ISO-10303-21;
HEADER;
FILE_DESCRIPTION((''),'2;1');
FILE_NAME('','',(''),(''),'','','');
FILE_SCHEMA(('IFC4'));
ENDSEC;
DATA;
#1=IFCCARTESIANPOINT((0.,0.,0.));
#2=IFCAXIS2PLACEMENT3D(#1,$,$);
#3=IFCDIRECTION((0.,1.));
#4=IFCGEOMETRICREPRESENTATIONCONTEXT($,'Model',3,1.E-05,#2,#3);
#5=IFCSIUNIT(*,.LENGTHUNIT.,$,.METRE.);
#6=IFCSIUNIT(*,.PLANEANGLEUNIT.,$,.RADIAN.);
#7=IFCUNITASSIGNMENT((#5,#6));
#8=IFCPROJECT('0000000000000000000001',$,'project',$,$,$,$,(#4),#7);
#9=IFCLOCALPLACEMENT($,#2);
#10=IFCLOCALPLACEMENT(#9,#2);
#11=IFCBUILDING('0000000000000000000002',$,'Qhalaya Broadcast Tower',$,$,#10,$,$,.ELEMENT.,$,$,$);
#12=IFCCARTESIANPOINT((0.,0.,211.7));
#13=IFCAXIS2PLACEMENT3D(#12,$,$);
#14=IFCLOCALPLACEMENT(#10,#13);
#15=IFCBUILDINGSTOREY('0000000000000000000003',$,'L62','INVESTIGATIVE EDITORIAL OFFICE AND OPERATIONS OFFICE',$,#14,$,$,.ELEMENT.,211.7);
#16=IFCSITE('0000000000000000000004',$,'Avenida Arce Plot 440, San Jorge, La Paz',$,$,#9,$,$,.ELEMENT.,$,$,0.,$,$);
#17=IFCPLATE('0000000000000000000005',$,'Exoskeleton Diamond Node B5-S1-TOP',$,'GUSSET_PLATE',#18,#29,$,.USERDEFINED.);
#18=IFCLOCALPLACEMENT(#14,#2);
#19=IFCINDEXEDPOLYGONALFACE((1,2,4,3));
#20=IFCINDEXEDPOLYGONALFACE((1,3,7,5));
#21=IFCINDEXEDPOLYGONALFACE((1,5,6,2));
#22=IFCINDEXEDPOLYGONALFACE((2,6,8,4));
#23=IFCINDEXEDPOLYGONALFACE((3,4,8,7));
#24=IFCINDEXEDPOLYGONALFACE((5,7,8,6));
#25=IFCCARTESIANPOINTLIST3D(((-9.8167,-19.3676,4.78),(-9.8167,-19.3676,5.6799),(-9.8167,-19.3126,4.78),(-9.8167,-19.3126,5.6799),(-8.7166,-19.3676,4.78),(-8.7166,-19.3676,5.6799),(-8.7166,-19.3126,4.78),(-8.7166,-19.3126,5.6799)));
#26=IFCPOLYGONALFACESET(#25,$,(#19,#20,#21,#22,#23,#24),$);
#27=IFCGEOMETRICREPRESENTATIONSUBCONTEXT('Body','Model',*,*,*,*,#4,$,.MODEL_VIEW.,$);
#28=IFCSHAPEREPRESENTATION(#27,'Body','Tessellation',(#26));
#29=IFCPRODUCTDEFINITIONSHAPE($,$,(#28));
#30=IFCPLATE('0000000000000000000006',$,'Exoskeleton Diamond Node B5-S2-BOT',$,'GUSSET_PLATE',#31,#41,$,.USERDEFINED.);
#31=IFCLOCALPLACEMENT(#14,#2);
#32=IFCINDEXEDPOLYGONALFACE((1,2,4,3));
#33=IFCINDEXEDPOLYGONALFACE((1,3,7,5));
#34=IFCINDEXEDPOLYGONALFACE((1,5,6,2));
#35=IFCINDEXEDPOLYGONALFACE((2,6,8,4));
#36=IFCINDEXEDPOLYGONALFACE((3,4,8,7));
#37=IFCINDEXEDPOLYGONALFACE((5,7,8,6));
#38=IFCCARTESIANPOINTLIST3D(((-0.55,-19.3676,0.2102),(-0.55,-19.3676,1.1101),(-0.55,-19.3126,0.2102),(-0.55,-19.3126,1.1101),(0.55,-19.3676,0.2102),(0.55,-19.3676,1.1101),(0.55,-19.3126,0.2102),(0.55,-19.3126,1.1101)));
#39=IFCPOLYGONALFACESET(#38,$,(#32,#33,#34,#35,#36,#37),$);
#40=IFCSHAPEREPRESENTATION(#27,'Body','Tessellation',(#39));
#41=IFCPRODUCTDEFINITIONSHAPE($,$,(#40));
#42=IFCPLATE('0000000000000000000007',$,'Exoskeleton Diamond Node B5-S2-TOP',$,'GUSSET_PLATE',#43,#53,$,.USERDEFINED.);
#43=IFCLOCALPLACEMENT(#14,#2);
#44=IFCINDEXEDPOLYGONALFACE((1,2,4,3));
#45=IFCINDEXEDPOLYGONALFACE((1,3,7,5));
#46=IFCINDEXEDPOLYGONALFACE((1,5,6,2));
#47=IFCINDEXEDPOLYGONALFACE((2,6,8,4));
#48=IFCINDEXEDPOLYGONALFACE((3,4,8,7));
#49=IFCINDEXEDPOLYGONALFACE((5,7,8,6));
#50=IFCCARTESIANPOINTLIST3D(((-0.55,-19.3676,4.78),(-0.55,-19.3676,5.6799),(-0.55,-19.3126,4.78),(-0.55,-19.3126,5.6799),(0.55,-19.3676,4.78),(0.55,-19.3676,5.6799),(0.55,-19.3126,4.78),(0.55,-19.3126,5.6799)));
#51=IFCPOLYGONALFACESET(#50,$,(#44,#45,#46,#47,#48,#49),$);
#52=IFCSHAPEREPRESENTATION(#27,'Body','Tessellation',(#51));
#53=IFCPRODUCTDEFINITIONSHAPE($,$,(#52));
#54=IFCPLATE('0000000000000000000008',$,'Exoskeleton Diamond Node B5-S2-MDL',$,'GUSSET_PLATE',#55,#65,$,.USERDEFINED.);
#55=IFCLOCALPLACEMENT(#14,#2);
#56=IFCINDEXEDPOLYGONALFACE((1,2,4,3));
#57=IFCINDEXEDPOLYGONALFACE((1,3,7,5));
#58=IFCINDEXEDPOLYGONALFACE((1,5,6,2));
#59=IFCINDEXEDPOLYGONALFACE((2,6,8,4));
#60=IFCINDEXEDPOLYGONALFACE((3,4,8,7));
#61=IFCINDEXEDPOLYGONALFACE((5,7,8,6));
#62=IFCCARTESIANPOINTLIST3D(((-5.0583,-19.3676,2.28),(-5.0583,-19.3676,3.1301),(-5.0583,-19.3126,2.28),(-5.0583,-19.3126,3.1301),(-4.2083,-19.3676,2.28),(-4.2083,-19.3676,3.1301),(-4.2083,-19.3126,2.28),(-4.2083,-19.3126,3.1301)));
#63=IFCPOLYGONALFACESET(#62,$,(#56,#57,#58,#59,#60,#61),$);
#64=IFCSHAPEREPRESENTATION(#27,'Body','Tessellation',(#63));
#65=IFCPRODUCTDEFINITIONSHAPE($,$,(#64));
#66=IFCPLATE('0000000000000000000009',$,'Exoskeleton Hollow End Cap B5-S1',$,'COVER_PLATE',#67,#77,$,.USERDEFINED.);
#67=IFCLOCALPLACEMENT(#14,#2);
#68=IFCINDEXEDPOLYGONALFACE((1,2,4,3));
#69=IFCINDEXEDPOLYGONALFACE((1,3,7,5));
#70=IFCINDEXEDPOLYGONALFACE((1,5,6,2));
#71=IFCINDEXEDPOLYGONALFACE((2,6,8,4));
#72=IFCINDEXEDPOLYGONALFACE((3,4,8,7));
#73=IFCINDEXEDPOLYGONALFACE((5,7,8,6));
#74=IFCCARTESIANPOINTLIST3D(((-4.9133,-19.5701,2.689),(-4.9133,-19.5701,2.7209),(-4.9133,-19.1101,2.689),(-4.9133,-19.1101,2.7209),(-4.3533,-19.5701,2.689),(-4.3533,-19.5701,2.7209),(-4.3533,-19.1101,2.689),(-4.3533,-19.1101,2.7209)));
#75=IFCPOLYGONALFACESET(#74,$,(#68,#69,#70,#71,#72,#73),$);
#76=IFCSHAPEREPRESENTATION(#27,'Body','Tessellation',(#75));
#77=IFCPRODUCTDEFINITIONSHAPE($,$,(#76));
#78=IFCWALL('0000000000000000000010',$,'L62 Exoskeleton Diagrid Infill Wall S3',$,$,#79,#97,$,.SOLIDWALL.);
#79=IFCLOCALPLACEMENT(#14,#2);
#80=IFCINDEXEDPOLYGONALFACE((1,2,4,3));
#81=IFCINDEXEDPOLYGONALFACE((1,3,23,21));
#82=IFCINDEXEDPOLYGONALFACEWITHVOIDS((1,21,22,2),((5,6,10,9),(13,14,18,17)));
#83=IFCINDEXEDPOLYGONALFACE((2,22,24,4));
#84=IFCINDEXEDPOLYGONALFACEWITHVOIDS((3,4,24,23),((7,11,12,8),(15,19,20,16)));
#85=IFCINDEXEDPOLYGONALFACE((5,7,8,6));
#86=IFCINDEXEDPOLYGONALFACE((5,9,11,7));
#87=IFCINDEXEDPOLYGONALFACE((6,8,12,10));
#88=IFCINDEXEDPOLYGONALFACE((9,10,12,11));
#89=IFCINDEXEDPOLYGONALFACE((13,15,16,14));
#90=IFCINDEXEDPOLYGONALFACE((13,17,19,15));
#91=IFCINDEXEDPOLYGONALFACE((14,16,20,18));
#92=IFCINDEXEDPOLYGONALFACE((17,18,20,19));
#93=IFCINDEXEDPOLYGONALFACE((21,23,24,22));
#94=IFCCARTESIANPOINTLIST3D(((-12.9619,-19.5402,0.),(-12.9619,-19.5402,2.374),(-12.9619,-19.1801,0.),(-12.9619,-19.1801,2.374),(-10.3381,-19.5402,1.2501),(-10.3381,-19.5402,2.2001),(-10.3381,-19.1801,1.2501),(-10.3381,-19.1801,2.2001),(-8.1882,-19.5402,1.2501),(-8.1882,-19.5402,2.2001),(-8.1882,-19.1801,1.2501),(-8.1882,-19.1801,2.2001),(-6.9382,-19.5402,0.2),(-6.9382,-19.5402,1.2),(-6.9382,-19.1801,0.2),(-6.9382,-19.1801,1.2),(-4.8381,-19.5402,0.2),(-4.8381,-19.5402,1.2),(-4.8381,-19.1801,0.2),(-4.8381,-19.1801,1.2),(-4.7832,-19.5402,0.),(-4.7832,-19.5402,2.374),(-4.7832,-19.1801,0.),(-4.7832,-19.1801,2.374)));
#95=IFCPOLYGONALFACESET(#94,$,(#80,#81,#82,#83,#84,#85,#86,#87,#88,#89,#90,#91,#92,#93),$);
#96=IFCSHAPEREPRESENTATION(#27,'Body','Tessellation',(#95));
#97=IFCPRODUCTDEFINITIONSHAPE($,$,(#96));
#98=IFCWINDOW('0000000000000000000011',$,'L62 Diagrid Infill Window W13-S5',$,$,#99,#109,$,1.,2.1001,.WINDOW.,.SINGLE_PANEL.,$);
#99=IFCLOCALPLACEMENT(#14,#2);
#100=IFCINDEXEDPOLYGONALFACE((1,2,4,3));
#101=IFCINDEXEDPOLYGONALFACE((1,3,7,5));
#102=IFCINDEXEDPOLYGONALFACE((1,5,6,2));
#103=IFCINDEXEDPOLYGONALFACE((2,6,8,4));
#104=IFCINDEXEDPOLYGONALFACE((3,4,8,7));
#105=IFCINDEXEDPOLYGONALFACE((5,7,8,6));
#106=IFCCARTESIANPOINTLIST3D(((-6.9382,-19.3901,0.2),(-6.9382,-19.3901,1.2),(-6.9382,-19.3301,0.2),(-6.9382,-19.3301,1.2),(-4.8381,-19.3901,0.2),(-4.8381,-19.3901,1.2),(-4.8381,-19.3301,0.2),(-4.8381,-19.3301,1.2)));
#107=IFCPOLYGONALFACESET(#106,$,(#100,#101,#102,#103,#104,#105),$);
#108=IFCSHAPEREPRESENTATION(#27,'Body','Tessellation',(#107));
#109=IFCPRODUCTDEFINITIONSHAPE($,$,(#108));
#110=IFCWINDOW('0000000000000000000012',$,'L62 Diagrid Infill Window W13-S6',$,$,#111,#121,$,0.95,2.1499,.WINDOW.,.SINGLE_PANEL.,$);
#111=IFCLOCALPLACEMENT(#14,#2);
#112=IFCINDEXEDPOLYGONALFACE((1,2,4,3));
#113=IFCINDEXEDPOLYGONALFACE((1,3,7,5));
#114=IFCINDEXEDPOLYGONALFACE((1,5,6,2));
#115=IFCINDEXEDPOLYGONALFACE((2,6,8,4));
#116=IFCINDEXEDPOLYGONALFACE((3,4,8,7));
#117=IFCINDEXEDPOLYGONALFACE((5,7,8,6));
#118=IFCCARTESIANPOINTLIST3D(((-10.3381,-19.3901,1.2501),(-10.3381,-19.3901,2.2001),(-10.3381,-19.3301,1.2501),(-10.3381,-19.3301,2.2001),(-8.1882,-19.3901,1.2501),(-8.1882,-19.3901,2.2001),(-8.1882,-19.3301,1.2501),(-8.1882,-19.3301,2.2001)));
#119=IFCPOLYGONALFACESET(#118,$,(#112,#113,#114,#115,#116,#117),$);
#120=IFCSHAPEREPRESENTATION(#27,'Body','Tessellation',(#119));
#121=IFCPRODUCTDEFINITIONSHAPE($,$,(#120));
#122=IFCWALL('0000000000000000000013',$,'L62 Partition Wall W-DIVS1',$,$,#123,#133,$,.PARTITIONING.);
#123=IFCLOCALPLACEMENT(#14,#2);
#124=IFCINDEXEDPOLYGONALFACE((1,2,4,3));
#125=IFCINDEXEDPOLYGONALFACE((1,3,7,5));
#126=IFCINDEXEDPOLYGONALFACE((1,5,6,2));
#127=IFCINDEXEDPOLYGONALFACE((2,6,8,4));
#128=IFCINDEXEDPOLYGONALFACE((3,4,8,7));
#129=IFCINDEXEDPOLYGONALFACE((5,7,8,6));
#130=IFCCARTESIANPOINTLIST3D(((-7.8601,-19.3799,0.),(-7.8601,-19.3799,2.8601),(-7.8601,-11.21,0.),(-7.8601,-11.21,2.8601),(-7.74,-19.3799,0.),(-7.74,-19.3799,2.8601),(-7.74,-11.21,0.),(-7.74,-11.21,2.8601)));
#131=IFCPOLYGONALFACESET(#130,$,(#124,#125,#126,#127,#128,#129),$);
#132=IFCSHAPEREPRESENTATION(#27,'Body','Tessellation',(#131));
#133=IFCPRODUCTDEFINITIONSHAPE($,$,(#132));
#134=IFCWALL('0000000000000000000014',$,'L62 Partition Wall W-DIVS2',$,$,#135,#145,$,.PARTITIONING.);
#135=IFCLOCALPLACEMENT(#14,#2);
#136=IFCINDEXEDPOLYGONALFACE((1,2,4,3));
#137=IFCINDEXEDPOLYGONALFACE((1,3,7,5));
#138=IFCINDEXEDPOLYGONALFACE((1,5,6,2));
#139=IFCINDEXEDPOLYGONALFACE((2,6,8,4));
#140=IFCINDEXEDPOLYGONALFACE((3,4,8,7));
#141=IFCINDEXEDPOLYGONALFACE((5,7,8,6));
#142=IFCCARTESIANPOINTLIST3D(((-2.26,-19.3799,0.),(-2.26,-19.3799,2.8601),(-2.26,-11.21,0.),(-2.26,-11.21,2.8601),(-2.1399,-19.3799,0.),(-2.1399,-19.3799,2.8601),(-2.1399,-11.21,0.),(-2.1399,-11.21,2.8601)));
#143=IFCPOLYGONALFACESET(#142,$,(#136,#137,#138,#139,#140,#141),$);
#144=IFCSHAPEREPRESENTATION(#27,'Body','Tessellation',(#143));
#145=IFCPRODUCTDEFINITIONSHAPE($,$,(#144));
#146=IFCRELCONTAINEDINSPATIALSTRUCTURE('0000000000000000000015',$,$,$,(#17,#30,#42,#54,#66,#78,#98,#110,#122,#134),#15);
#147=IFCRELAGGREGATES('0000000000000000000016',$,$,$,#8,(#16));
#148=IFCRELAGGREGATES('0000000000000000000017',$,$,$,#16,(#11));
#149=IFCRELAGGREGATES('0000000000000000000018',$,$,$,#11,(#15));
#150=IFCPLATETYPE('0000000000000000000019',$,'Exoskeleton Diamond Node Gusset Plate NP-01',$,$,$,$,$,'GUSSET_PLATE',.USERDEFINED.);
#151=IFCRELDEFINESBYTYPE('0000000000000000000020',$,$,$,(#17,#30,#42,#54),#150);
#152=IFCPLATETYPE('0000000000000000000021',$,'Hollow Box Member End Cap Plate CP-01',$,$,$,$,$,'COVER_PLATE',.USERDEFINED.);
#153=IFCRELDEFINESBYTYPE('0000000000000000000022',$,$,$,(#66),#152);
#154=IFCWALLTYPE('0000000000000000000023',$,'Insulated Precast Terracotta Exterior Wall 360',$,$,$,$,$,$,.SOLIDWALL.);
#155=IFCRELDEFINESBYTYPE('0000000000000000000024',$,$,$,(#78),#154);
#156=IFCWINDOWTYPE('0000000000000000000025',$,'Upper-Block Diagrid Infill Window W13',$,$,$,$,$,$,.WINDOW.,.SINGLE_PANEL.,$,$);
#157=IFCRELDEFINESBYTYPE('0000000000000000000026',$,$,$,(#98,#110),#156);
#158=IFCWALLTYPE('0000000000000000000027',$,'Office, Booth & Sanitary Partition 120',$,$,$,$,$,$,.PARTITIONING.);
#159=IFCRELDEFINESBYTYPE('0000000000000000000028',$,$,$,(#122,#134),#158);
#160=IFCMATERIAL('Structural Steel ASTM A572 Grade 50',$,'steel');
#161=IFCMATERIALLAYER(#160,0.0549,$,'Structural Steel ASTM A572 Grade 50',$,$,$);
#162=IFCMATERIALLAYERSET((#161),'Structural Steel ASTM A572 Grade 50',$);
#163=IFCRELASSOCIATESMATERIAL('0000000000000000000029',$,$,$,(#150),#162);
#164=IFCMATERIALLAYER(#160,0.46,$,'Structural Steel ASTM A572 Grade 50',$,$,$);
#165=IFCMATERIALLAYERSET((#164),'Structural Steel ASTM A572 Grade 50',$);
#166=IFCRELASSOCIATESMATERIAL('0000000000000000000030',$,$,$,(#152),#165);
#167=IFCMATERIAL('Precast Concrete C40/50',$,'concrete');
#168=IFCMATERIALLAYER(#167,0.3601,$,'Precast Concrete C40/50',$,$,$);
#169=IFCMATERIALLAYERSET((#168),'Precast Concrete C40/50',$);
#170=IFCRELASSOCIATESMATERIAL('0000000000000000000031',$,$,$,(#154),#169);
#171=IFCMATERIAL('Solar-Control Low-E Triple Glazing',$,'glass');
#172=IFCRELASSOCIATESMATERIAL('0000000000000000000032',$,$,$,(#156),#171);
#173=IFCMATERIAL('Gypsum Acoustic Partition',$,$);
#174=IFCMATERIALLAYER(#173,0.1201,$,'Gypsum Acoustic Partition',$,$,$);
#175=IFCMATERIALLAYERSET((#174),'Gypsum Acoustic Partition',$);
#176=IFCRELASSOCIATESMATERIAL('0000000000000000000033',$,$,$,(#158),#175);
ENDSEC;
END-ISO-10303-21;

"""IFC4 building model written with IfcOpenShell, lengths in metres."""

from ifc_helpers import new_model, si_unit, direction, frame, frame_2d, origin, origin_2d, place, context, subcontext, project, spatial, rectangle, extrude, material, layer, layer_set, type_object, element, fill, save


model = new_model("IFC4")

# Units and contexts
model_context = context("Model", 3, precision=1e-05, world=origin(), true_north=direction((0.0, 1.0)))
body_context = subcontext(model_context, "Body", "Model", "MODEL_VIEW")
ifc_project = project(units=[si_unit("LENGTHUNIT", "METRE"), si_unit("PLANEANGLEUNIT", "RADIAN")], contexts=[model_context])

# Site, building, storey
site_placement = place(None, origin())
site = spatial("IfcSite", under=ifc_project, at=site_placement, Name="Avenida Arce Plot 440, San Jorge, La Paz", CompositionType="ELEMENT", RefElevation=0.0)
building_placement = place(site_placement, origin())
building = spatial("IfcBuilding", under=site, at=building_placement, Name="Qhalaya Broadcast Tower", CompositionType="ELEMENT")
storey_placement = place(building_placement, frame((0.0, 0.0, 211.7)))
storey = spatial("IfcBuildingStorey", under=building, at=storey_placement, Name="L62", Description="INVESTIGATIVE EDITORIAL OFFICE AND OPERATIONS OFFICE", CompositionType="ELEMENT", Elevation=211.7)

# Shared definitions
ifc_material_1 = material(Name="Structural Steel ASTM A572 Grade 50", Category="steel")

# Plates
ifc_layer_1 = layer(ifc_material_1, 0.0549, Name="Structural Steel ASTM A572 Grade 50")
ifc_layer_set_1 = layer_set([ifc_layer_1], Name="Structural Steel ASTM A572 Grade 50")
plate_type_1 = type_object("IfcPlateType", Name="Exoskeleton Diamond Node Gusset Plate NP-01", ElementType="GUSSET_PLATE", PredefinedType="USERDEFINED", material=ifc_layer_set_1)
for number, where, z_axis, x_axis, name in (
    (1, (-9.2666, -19.3401, 4.78), (0.0, 0.0, 1.0), (1.0, 0.0, 0.0), "Exoskeleton Diamond Node B5-S1-TOP"),
    (2, (0.0, -19.3401, 0.2102), (0.0, 0.0, 1.0), (1.0, 0.0, 0.0), "Exoskeleton Diamond Node B5-S2-BOT"),
    (3, (0.0, -19.3401, 4.78), (0.0, 0.0, 1.0), (1.0, 0.0, 0.0), "Exoskeleton Diamond Node B5-S2-TOP"),
):
    element("IfcPlate", number, at=place(storey_placement, frame(where, z_axis=z_axis, x_axis=x_axis)), inside=storey, type_object=plate_type_1, Name=name, ObjectType="GUSSET_PLATE", PredefinedType="USERDEFINED", context=body_context, shape_type="SweptSolid", body=[
        extrude(rectangle(XDim=1.1001, YDim=0.0549, at=origin_2d()), origin(), (0.0, 0.0, 1.0), 0.8999),
    ])
plate_1_placement = place(storey_placement, frame((-4.6333, -19.3401, 2.28), z_axis=(0.0, 0.0, 1.0), x_axis=(1.0, 0.0, 0.0)))
element("IfcPlate", 4, at=plate_1_placement, inside=storey, type_object=plate_type_1, Name="Exoskeleton Diamond Node B5-S2-MDL", ObjectType="GUSSET_PLATE", PredefinedType="USERDEFINED", context=body_context, shape_type="SweptSolid", body=[
    extrude(rectangle(XDim=0.8501, YDim=0.0549, at=origin_2d()), origin(), (0.0, 0.0, 1.0), 0.8501),
])
ifc_layer_2 = layer(ifc_material_1, 0.46, Name="Structural Steel ASTM A572 Grade 50")
ifc_layer_set_2 = layer_set([ifc_layer_2], Name="Structural Steel ASTM A572 Grade 50")
plate_type_2 = type_object("IfcPlateType", Name="Hollow Box Member End Cap Plate CP-01", ElementType="COVER_PLATE", PredefinedType="USERDEFINED", material=ifc_layer_set_2)
plate_2_placement = place(storey_placement, frame((-4.6333, -19.3401, 2.689), z_axis=(0.0, 0.0, 1.0), x_axis=(1.0, 0.0, 0.0)))
element("IfcPlate", 5, at=plate_2_placement, inside=storey, type_object=plate_type_2, Name="Exoskeleton Hollow End Cap B5-S1", ObjectType="COVER_PLATE", PredefinedType="USERDEFINED", context=body_context, shape_type="SweptSolid", body=[
    extrude(rectangle(XDim=0.5601, YDim=0.46, at=origin_2d()), origin(), (0.0, 0.0, 1.0), 0.032),
])

# Wall, openings, windows
ifc_material_2 = material(Name="Precast Concrete C40/50", Category="concrete")
ifc_layer_3 = layer(ifc_material_2, 0.3601, Name="Precast Concrete C40/50")
ifc_layer_set_3 = layer_set([ifc_layer_3], Name="Precast Concrete C40/50")
wall_type_1 = type_object("IfcWallType", Name="Insulated Precast Terracotta Exterior Wall 360", PredefinedType="SOLIDWALL", material=ifc_layer_set_3)
wall_placement = place(storey_placement, frame((-4.7832, -19.3601, 0.0), z_axis=(0.0, 0.0, 1.0), x_axis=(-1.0, 0.0, 0.0)))
wall = element("IfcWall", 6, at=wall_placement, inside=storey, type_object=wall_type_1, Name="L62 Exoskeleton Diagrid Infill Wall S3", PredefinedType="SOLIDWALL", context=body_context, shape_type="SweptSolid", body=[
    extrude(rectangle(XDim=8.1787, YDim=0.3601, at=frame_2d((4.0894, 0.0))), origin(), (0.0, 0.0, 1.0), 2.374),
])
opening_1_placement = place(wall_placement, frame((0.0549, 0.0, 0.2)))
opening_1 = element("IfcOpeningElement", 7, at=opening_1_placement, cuts=wall, PredefinedType="OPENING", context=body_context, shape_type="SweptSolid", body=[
    extrude(rectangle(XDim=2.1001, YDim=1.0, at=frame_2d((1.05, 0.5))), frame((0.0, 0.1921, 0.0), z_axis=(0.0, -1.0, 0.0), x_axis=(1.0, 0.0, 0.0)), (0.0, 0.0, 1.0), 0.384),
])
opening_2_placement = place(wall_placement, frame((3.405, 0.0, 1.25)))
opening_2 = element("IfcOpeningElement", 8, at=opening_2_placement, cuts=wall, PredefinedType="OPENING", context=body_context, shape_type="SweptSolid", body=[
    extrude(rectangle(XDim=2.1499, YDim=0.95, at=frame_2d((1.075, 0.4751))), frame((0.0, 0.1921, 0.0), z_axis=(0.0, -1.0, 0.0), x_axis=(1.0, 0.0, 0.0)), (0.0, 0.0, 1.0), 0.384),
])
ifc_material_3 = material(Name="Solar-Control Low-E Triple Glazing", Category="glass")
window_type = type_object("IfcWindowType", Name="Upper-Block Diagrid Infill Window W13", PartitioningType="SINGLE_PANEL", PredefinedType="WINDOW", material=ifc_material_3)
window_1_placement = place(opening_1_placement, origin())
window_1 = element("IfcWindow", 9, at=window_1_placement, inside=storey, type_object=window_type, Name="L62 Diagrid Infill Window W13-S5", OverallHeight=1.0, OverallWidth=2.1001, PartitioningType="SINGLE_PANEL", PredefinedType="WINDOW", context=body_context, shape_type="SweptSolid", body=[
    extrude(rectangle(XDim=2.1001, YDim=1.0, at=frame_2d((1.05, 0.5))), frame((0.0, 0.03, 0.0), z_axis=(0.0, -1.0, 0.0), x_axis=(1.0, 0.0, 0.0)), (0.0, 0.0, 1.0), 0.0601),
])
fill(opening_1, window_1)
window_2_placement = place(opening_2_placement, origin())
window_2 = element("IfcWindow", 10, at=window_2_placement, inside=storey, type_object=window_type, Name="L62 Diagrid Infill Window W13-S6", OverallHeight=0.95, OverallWidth=2.1499, PartitioningType="SINGLE_PANEL", PredefinedType="WINDOW", context=body_context, shape_type="SweptSolid", body=[
    extrude(rectangle(XDim=2.1499, YDim=0.95, at=frame_2d((1.075, 0.4751))), frame((0.0, 0.03, 0.0), z_axis=(0.0, -1.0, 0.0), x_axis=(1.0, 0.0, 0.0)), (0.0, 0.0, 1.0), 0.0601),
])
fill(opening_2, window_2)

# Walls
ifc_material_4 = material(Name="Gypsum Acoustic Partition")
ifc_layer_4 = layer(ifc_material_4, 0.1201, Name="Gypsum Acoustic Partition")
ifc_layer_set_4 = layer_set([ifc_layer_4], Name="Gypsum Acoustic Partition")
wall_type_2 = type_object("IfcWallType", Name="Office, Booth & Sanitary Partition 120", PredefinedType="PARTITIONING", material=ifc_layer_set_4)
for number, where, z_axis, x_axis, name in (
    (11, (-7.8, -19.3799, 0.0), (0.0, 0.0, 1.0), (0.0, 1.0, 0.0), "L62 Partition Wall W-DIVS1"),
    (12, (-2.2, -19.3799, 0.0), (0.0, 0.0, 1.0), (0.0, 1.0, 0.0), "L62 Partition Wall W-DIVS2"),
):
    element("IfcWall", number, at=place(storey_placement, frame(where, z_axis=z_axis, x_axis=x_axis)), inside=storey, type_object=wall_type_2, Name=name, PredefinedType="PARTITIONING", context=body_context, shape_type="SweptSolid", body=[
        extrude(rectangle(XDim=8.1699, YDim=0.1201, at=frame_2d((4.085, 0.0))), origin(), (0.0, 0.0, 1.0), 2.8601),
    ])

save(model, "model.ifc")
